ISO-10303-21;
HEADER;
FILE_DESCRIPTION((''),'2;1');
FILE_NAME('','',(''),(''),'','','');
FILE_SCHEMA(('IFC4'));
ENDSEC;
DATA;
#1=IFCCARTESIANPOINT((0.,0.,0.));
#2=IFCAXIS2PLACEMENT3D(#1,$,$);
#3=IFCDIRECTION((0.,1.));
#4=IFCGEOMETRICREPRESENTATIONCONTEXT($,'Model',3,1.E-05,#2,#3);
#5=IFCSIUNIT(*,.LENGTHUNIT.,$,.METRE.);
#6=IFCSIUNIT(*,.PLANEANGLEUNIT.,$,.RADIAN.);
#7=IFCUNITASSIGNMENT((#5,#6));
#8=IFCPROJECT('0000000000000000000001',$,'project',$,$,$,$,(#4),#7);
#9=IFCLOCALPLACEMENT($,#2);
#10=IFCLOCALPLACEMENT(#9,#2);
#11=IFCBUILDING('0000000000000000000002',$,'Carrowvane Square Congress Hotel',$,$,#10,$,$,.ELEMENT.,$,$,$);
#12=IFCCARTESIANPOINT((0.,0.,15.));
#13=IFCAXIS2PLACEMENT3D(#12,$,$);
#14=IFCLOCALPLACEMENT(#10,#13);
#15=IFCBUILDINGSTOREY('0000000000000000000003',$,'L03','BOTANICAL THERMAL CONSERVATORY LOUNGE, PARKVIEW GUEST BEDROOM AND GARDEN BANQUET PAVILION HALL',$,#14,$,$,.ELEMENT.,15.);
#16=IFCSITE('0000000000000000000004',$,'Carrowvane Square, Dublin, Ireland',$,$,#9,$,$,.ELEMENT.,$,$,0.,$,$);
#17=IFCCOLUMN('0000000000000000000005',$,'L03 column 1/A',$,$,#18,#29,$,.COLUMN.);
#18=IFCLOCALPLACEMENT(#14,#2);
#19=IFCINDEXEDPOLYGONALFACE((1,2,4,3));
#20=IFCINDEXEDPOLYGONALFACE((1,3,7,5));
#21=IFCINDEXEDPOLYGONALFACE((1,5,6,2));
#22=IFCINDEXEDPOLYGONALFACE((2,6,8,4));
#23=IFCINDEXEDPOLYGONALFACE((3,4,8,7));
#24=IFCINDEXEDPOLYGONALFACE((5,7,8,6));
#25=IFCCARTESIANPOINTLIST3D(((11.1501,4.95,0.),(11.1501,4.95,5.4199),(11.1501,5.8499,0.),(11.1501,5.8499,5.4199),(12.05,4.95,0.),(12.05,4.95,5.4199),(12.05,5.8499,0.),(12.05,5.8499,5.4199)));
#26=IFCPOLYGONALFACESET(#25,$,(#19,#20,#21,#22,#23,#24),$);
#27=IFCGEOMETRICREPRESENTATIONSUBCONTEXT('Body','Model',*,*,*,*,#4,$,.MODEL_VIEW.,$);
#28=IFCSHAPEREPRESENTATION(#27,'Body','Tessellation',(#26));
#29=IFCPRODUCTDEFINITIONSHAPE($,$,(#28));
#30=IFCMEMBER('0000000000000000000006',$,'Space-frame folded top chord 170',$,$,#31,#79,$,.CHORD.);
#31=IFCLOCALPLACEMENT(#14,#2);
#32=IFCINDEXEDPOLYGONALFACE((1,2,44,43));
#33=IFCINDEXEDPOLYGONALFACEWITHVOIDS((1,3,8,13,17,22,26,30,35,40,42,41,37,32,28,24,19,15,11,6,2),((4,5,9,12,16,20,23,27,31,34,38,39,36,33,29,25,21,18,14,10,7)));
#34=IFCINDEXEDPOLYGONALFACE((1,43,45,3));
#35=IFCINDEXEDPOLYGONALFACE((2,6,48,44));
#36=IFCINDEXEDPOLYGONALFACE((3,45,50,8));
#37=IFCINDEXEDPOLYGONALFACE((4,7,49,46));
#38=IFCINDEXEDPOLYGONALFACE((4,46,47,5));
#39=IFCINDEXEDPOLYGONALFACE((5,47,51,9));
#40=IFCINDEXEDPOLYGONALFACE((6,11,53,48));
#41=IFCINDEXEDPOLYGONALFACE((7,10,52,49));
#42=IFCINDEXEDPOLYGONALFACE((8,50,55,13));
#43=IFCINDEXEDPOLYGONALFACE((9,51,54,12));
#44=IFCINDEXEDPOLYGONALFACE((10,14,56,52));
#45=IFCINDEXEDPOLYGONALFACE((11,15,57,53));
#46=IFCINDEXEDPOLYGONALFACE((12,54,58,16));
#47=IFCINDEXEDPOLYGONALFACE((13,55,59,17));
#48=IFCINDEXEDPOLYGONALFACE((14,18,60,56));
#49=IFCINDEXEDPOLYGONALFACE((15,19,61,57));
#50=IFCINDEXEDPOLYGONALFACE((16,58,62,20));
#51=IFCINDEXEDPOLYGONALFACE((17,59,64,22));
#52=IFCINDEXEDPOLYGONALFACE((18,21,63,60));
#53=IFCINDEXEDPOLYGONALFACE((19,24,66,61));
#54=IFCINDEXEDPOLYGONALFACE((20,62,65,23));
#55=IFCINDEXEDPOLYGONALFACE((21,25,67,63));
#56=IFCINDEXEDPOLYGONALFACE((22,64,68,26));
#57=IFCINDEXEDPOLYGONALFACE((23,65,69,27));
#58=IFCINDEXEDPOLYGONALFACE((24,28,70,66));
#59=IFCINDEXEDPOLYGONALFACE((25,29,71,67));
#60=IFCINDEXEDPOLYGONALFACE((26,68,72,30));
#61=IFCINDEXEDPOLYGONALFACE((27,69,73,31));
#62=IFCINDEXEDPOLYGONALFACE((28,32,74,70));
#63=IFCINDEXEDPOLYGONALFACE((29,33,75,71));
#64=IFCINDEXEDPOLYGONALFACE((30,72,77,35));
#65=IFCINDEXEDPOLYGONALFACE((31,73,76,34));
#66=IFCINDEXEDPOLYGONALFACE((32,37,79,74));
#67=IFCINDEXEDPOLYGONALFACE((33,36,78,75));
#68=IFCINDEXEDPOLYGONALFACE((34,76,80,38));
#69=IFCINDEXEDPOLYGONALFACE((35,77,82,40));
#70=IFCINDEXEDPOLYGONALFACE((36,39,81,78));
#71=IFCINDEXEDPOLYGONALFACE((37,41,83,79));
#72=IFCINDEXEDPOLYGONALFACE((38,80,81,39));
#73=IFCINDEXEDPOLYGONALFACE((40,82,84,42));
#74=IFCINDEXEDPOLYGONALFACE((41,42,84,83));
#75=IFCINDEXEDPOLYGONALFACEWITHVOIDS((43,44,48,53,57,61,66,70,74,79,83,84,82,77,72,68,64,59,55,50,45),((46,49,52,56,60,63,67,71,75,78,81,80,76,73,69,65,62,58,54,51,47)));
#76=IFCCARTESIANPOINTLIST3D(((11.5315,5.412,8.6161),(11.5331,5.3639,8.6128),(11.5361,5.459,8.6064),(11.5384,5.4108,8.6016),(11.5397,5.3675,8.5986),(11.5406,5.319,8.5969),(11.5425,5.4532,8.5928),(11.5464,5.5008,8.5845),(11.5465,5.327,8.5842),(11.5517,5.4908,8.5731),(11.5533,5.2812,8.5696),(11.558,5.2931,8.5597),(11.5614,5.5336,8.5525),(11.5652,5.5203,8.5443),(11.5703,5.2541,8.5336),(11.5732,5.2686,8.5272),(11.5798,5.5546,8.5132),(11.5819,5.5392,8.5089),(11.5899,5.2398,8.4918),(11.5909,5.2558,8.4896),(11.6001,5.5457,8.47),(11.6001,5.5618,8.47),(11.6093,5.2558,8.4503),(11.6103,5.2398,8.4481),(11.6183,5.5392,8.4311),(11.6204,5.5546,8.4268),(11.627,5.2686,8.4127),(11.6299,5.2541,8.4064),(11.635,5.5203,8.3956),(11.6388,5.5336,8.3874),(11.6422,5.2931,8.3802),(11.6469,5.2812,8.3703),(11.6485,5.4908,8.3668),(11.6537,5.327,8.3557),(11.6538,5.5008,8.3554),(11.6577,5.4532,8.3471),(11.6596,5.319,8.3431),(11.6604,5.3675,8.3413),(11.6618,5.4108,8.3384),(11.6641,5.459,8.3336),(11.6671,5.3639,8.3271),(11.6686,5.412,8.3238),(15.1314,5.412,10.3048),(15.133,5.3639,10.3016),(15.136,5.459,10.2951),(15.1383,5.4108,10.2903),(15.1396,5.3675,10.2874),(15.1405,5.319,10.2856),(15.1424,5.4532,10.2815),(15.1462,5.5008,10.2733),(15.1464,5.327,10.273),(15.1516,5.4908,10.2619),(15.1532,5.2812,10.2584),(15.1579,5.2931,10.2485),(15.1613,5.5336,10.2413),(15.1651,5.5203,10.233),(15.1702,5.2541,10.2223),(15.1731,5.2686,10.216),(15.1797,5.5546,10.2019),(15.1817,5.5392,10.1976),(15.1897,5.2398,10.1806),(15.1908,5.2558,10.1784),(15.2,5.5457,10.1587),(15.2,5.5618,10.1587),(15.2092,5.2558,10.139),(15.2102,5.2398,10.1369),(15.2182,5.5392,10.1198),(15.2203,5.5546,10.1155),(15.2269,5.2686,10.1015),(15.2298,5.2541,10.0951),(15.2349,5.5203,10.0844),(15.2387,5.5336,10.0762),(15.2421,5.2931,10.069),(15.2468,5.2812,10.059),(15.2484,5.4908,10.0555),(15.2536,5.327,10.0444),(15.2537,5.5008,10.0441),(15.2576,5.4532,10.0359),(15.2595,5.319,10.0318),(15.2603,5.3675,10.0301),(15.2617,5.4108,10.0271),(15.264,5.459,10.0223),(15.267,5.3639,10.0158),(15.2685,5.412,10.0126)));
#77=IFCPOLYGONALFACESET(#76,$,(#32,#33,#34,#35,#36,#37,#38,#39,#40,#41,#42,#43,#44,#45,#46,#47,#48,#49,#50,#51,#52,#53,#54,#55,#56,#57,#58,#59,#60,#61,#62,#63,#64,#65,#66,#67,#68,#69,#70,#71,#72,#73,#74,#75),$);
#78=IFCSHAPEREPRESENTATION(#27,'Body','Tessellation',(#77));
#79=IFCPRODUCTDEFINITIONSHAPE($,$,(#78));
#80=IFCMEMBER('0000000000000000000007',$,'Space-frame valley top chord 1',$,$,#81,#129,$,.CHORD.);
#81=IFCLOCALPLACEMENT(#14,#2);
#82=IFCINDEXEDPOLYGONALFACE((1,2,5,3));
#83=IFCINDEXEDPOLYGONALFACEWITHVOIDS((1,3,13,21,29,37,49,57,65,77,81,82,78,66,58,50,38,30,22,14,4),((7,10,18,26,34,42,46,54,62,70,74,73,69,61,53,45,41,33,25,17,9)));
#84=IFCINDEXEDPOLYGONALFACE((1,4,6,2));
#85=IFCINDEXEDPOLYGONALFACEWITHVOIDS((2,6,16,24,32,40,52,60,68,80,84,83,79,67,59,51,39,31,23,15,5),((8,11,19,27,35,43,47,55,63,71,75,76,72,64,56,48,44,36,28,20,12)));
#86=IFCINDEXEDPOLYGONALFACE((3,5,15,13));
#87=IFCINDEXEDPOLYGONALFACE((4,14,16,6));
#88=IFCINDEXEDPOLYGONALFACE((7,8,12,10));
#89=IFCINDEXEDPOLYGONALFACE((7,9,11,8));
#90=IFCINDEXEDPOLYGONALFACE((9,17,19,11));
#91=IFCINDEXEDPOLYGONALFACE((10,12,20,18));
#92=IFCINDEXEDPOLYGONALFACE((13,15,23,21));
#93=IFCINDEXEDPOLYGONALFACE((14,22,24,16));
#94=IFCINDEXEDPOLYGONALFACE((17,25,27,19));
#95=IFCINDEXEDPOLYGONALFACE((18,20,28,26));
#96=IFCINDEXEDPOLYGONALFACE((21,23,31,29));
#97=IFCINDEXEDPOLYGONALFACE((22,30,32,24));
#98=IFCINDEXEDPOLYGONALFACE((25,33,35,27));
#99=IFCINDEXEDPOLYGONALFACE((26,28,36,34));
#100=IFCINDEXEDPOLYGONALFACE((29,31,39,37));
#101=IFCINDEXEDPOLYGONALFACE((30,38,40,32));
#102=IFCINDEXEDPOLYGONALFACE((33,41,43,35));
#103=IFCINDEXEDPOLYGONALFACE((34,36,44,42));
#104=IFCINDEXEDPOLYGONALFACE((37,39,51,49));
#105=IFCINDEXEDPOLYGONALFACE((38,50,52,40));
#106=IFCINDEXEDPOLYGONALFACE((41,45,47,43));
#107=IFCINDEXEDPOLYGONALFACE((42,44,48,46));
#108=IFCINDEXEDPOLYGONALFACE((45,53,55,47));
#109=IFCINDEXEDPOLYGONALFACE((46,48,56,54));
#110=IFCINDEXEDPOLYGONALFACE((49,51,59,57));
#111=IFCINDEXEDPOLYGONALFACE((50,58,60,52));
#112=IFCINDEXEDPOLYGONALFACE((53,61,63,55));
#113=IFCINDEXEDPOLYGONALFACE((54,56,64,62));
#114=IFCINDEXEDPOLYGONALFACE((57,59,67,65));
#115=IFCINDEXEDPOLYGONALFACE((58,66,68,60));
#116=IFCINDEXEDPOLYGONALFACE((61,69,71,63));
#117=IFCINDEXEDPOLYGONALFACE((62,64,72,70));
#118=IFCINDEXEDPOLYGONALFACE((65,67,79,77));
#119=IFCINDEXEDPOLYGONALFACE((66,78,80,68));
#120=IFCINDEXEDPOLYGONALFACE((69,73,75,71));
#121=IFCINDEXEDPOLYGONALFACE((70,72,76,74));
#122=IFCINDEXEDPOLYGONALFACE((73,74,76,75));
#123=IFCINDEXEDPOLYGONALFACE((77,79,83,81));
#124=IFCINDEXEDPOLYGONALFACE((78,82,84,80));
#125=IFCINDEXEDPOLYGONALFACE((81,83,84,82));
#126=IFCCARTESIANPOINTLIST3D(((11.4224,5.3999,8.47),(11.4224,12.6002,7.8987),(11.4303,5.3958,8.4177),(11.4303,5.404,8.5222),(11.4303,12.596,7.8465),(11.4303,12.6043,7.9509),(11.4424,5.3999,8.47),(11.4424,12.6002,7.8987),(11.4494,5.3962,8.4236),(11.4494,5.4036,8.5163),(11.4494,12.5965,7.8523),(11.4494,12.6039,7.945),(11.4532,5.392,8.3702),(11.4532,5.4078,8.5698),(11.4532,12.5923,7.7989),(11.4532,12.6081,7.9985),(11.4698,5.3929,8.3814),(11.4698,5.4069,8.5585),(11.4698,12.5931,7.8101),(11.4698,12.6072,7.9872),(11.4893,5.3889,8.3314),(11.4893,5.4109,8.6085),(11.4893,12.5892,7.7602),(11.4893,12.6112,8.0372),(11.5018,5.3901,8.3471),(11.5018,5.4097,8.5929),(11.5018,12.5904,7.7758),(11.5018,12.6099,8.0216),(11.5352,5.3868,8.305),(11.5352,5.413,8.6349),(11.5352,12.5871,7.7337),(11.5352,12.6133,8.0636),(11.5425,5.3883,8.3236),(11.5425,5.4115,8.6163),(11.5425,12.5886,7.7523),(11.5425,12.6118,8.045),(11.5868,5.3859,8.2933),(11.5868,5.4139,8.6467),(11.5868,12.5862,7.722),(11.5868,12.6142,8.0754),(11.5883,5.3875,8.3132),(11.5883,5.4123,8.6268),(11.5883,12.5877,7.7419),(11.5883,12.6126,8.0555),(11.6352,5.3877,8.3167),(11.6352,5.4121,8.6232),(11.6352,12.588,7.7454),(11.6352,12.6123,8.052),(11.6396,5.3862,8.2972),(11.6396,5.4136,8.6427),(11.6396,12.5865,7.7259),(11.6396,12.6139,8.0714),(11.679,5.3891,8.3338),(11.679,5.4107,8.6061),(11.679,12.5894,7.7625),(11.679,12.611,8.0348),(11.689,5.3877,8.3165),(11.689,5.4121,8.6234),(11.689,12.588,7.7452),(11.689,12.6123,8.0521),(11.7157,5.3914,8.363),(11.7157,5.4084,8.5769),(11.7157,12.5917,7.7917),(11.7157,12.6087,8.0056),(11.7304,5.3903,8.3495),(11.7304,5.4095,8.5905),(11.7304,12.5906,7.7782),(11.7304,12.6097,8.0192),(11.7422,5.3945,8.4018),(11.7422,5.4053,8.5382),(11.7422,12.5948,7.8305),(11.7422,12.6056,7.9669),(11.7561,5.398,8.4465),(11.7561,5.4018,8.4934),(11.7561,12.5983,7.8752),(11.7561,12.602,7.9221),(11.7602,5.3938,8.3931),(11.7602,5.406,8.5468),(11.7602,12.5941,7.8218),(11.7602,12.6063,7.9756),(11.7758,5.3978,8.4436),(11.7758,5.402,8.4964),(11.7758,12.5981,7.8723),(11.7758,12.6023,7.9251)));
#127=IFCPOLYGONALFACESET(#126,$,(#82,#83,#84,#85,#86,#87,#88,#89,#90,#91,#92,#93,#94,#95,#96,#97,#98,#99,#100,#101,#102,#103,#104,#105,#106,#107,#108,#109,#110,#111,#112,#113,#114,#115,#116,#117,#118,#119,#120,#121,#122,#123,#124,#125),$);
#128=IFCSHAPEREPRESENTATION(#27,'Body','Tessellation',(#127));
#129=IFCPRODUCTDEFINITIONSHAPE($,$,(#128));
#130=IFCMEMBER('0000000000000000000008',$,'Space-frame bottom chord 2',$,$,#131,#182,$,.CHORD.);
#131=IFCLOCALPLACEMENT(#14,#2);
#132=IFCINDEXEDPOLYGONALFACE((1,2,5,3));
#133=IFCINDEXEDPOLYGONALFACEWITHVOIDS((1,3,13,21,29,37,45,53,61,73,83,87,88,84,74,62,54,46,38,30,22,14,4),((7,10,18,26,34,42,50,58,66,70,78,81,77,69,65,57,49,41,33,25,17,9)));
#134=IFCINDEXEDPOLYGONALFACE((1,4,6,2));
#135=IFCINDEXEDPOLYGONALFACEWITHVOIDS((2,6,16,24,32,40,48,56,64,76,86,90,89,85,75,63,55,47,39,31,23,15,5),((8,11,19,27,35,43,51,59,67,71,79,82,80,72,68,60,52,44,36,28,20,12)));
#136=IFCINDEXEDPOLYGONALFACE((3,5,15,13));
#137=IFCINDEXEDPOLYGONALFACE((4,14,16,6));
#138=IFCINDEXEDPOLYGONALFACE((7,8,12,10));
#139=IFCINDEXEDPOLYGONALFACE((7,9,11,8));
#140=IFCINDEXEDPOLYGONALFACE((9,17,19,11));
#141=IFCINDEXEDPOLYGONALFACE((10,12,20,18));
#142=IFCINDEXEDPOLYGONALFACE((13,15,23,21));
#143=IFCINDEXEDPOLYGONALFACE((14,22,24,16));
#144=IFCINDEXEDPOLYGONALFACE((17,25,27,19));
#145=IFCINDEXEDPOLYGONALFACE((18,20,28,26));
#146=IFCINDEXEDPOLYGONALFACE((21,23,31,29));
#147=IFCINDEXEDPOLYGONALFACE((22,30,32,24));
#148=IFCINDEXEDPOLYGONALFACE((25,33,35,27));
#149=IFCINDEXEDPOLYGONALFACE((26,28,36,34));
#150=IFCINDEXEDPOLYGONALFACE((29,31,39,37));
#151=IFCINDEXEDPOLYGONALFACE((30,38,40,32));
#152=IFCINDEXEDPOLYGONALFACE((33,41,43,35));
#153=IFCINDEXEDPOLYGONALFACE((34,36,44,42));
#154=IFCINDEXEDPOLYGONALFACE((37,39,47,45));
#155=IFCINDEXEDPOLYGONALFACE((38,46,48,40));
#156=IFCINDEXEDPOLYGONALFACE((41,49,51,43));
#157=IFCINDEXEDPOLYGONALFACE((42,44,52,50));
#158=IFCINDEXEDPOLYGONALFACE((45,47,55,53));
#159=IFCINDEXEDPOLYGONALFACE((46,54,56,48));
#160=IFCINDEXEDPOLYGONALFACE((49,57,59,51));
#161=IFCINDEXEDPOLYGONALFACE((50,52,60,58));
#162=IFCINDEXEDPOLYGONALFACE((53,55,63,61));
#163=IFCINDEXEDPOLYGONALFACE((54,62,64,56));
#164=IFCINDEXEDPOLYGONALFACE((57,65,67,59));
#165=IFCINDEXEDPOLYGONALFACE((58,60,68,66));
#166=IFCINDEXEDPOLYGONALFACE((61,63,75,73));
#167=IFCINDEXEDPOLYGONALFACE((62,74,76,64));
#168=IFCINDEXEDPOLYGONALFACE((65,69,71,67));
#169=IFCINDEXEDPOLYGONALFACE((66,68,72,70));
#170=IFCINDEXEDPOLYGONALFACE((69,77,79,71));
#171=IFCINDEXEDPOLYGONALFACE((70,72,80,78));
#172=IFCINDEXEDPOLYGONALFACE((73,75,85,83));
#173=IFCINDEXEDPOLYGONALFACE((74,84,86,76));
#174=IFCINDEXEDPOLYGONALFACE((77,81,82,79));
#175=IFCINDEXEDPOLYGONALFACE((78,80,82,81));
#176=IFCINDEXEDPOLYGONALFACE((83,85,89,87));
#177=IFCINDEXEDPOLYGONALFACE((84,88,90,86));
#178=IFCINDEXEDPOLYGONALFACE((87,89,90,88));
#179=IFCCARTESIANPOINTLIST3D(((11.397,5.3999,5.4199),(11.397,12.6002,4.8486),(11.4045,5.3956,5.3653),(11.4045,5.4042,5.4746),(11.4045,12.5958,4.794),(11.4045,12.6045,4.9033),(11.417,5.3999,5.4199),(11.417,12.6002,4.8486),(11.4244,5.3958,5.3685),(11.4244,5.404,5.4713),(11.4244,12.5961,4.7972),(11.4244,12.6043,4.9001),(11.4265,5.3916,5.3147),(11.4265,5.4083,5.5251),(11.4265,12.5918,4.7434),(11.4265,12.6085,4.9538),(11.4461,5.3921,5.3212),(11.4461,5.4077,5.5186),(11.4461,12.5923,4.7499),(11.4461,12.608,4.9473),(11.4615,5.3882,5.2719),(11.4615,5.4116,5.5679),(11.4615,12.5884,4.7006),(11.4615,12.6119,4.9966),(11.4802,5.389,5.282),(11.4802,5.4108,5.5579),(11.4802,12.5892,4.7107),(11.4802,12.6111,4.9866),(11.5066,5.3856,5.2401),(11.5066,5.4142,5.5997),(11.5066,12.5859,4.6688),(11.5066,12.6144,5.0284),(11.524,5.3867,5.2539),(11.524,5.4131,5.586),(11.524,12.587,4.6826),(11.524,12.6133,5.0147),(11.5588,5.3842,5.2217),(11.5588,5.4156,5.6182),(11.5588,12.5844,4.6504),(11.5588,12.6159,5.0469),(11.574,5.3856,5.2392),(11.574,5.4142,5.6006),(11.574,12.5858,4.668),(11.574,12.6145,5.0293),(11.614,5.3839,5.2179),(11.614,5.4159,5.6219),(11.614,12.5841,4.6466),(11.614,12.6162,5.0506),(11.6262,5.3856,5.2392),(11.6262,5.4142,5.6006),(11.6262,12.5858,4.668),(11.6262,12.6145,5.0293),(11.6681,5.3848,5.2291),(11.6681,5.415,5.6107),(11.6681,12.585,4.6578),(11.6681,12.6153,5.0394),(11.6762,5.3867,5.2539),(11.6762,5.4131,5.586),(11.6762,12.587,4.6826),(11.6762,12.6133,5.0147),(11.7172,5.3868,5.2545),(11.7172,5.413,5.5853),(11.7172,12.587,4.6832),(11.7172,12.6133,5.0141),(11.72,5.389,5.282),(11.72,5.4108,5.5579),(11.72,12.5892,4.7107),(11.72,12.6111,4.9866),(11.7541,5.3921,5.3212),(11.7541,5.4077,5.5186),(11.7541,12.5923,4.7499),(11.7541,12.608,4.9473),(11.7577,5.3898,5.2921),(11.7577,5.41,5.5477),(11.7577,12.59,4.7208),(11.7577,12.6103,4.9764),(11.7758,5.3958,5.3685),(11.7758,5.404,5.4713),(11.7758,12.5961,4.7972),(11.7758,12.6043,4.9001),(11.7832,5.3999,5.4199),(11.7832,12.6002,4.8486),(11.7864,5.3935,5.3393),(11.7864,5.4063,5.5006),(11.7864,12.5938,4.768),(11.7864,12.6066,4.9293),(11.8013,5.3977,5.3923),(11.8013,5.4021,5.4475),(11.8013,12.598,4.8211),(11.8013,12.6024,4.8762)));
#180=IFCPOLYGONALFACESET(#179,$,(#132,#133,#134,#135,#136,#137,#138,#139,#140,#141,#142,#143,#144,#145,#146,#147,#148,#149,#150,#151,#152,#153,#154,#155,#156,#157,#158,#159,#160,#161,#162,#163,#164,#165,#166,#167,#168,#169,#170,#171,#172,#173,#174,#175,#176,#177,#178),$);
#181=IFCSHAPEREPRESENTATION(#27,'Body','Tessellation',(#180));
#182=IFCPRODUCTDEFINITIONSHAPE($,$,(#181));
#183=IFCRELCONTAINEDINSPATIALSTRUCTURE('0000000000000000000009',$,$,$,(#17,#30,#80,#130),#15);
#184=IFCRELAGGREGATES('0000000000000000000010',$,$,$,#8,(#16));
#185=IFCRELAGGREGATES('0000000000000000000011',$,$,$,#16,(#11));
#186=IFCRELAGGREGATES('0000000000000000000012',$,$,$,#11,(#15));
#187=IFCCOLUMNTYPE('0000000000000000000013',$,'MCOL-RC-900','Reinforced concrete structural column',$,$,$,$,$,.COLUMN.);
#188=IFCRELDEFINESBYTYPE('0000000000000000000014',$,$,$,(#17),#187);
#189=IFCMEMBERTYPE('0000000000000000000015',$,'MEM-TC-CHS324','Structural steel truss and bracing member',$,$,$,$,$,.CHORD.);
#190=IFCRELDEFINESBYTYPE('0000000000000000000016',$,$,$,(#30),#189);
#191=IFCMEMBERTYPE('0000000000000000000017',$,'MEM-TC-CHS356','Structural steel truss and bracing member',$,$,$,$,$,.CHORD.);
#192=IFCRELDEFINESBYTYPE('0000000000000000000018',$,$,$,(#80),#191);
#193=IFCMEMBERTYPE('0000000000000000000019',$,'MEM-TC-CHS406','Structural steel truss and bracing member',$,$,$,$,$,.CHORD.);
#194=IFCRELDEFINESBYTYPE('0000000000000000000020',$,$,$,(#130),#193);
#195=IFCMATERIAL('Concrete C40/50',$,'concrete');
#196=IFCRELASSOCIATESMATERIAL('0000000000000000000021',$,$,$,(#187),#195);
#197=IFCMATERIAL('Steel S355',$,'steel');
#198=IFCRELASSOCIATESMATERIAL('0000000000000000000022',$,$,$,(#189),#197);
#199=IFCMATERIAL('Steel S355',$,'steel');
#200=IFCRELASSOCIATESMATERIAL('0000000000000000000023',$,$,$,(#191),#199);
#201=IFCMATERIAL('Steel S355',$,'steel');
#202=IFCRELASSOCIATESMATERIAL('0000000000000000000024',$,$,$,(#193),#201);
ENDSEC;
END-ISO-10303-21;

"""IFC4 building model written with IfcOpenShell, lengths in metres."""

from ifc_helpers import new_model, si_unit, direction, frame, origin, origin_2d, place, context, subcontext, project, spatial, rectangle, hollow_circle, extrude, material, material_profile, profile_set, type_object, element, save


model = new_model("IFC4")

# Units and contexts
model_context = context("Model", 3, precision=1e-05, world=origin(), true_north=direction((0.0, 1.0)))
body_context = subcontext(model_context, "Body", "Model", "MODEL_VIEW")
ifc_project = project(units=[si_unit("LENGTHUNIT", "METRE"), si_unit("PLANEANGLEUNIT", "RADIAN")], contexts=[model_context])

# Site, building, storey
site_placement = place(None, origin())
site = spatial("IfcSite", under=ifc_project, at=site_placement, Name="Carrowvane Square, Dublin, Ireland", CompositionType="ELEMENT", RefElevation=0.0)
building_placement = place(site_placement, origin())
building = spatial("IfcBuilding", under=site, at=building_placement, Name="Carrowvane Square Congress Hotel", CompositionType="ELEMENT")
storey_placement = place(building_placement, frame((0.0, 0.0, 15.0)))
storey = spatial("IfcBuildingStorey", under=building, at=storey_placement, Name="L03", Description="BOTANICAL THERMAL CONSERVATORY LOUNGE, PARKVIEW GUEST BEDROOM AND GARDEN BANQUET PAVILION HALL", CompositionType="ELEMENT", Elevation=15.0)

# Column
ifc_material_1 = material(Name="Concrete C40/50", Category="concrete")
ifc_material_profile_1 = material_profile(ifc_material_1, rectangle(XDim=0.8999, YDim=0.8999, at=origin_2d()), Name="RC 900x900")
ifc_profile_set_1 = profile_set([ifc_material_profile_1], Name="Concrete C40/50")
column_type = type_object("IfcColumnType", Name="MCOL-RC-900", Description="Reinforced concrete structural column", PredefinedType="COLUMN", material=ifc_profile_set_1)
column_placement = place(storey_placement, frame((11.6001, 5.3999, 0.0), z_axis=(0.0, 0.0, 1.0), x_axis=(1.0, 0.0, 0.0)))
element("IfcColumn", 1, at=column_placement, inside=storey, type_object=column_type, Name="L03 column 1/A", PredefinedType="COLUMN", context=body_context, shape_type="SweptSolid", body=[
    extrude(rectangle(XDim=0.8999, YDim=0.8999, at=origin_2d()), origin(), (0.0, 0.0, 1.0), 5.4199),
])

# Members
ifc_material_2 = material(Name="Steel S355", Category="steel")
ifc_material_profile_2 = material_profile(ifc_material_2, hollow_circle(Radius=0.1619, WallThickness=0.0161, at=origin_2d()), Name="CHS 323.9x16")
ifc_profile_set_2 = profile_set([ifc_material_profile_2], Name="Steel S355")
member_type_1 = type_object("IfcMemberType", Name="MEM-TC-CHS324", Description="Structural steel truss and bracing member", PredefinedType="CHORD", material=ifc_profile_set_2)
member_1_placement = place(storey_placement, frame((11.6001, 5.3999, 8.47), z_axis=(0.905334, 0.0, 0.4247), x_axis=(0.0, 1.0, 0.0)))
element("IfcMember", 2, at=member_1_placement, inside=storey, type_object=member_type_1, Name="Space-frame folded top chord 170", PredefinedType="CHORD", context=body_context, shape_type="SweptSolid", body=[
    extrude(hollow_circle(Radius=0.1619, WallThickness=0.0161, at=origin_2d()), origin(), (0.0, 0.0, 1.0), 3.9763),
])
ifc_material_3 = material(Name="Steel S355", Category="steel")
ifc_material_profile_3 = material_profile(ifc_material_3, hollow_circle(Radius=0.1777, WallThickness=0.02, at=origin_2d()), Name="CHS 355.6x20")
ifc_profile_set_3 = profile_set([ifc_material_profile_3], Name="Steel S355")
member_type_2 = type_object("IfcMemberType", Name="MEM-TC-CHS356", Description="Structural steel truss and bracing member", PredefinedType="CHORD", material=ifc_profile_set_3)
member_2_placement = place(storey_placement, frame((11.6001, 5.3999, 8.47), z_axis=(0.0, 0.996867, -0.079095), x_axis=(-1.0, 0.0, 0.0)))
element("IfcMember", 3, at=member_2_placement, inside=storey, type_object=member_type_2, Name="Space-frame valley top chord 1", PredefinedType="CHORD", context=body_context, shape_type="SweptSolid", body=[
    extrude(hollow_circle(Radius=0.1777, WallThickness=0.02, at=origin_2d()), origin(), (0.0, 0.0, 1.0), 7.2229),
])
ifc_material_4 = material(Name="Steel S355", Category="steel")
ifc_material_profile_4 = material_profile(ifc_material_4, hollow_circle(Radius=0.2031, WallThickness=0.02, at=origin_2d()), Name="CHS 406.4x20")
ifc_profile_set_4 = profile_set([ifc_material_profile_4], Name="Steel S355")
member_type_3 = type_object("IfcMemberType", Name="MEM-TC-CHS406", Description="Structural steel truss and bracing member", PredefinedType="CHORD", material=ifc_profile_set_4)
member_3_placement = place(storey_placement, frame((11.6001, 5.3999, 5.4199), z_axis=(0.0, 0.996867, -0.079095), x_axis=(-1.0, 0.0, 0.0)))
element("IfcMember", 4, at=member_3_placement, inside=storey, type_object=member_type_3, Name="Space-frame bottom chord 2", PredefinedType="CHORD", context=body_context, shape_type="SweptSolid", body=[
    extrude(hollow_circle(Radius=0.2031, WallThickness=0.02, at=origin_2d()), origin(), (0.0, 0.0, 1.0), 7.2229),
])

save(model, "model.ifc")
